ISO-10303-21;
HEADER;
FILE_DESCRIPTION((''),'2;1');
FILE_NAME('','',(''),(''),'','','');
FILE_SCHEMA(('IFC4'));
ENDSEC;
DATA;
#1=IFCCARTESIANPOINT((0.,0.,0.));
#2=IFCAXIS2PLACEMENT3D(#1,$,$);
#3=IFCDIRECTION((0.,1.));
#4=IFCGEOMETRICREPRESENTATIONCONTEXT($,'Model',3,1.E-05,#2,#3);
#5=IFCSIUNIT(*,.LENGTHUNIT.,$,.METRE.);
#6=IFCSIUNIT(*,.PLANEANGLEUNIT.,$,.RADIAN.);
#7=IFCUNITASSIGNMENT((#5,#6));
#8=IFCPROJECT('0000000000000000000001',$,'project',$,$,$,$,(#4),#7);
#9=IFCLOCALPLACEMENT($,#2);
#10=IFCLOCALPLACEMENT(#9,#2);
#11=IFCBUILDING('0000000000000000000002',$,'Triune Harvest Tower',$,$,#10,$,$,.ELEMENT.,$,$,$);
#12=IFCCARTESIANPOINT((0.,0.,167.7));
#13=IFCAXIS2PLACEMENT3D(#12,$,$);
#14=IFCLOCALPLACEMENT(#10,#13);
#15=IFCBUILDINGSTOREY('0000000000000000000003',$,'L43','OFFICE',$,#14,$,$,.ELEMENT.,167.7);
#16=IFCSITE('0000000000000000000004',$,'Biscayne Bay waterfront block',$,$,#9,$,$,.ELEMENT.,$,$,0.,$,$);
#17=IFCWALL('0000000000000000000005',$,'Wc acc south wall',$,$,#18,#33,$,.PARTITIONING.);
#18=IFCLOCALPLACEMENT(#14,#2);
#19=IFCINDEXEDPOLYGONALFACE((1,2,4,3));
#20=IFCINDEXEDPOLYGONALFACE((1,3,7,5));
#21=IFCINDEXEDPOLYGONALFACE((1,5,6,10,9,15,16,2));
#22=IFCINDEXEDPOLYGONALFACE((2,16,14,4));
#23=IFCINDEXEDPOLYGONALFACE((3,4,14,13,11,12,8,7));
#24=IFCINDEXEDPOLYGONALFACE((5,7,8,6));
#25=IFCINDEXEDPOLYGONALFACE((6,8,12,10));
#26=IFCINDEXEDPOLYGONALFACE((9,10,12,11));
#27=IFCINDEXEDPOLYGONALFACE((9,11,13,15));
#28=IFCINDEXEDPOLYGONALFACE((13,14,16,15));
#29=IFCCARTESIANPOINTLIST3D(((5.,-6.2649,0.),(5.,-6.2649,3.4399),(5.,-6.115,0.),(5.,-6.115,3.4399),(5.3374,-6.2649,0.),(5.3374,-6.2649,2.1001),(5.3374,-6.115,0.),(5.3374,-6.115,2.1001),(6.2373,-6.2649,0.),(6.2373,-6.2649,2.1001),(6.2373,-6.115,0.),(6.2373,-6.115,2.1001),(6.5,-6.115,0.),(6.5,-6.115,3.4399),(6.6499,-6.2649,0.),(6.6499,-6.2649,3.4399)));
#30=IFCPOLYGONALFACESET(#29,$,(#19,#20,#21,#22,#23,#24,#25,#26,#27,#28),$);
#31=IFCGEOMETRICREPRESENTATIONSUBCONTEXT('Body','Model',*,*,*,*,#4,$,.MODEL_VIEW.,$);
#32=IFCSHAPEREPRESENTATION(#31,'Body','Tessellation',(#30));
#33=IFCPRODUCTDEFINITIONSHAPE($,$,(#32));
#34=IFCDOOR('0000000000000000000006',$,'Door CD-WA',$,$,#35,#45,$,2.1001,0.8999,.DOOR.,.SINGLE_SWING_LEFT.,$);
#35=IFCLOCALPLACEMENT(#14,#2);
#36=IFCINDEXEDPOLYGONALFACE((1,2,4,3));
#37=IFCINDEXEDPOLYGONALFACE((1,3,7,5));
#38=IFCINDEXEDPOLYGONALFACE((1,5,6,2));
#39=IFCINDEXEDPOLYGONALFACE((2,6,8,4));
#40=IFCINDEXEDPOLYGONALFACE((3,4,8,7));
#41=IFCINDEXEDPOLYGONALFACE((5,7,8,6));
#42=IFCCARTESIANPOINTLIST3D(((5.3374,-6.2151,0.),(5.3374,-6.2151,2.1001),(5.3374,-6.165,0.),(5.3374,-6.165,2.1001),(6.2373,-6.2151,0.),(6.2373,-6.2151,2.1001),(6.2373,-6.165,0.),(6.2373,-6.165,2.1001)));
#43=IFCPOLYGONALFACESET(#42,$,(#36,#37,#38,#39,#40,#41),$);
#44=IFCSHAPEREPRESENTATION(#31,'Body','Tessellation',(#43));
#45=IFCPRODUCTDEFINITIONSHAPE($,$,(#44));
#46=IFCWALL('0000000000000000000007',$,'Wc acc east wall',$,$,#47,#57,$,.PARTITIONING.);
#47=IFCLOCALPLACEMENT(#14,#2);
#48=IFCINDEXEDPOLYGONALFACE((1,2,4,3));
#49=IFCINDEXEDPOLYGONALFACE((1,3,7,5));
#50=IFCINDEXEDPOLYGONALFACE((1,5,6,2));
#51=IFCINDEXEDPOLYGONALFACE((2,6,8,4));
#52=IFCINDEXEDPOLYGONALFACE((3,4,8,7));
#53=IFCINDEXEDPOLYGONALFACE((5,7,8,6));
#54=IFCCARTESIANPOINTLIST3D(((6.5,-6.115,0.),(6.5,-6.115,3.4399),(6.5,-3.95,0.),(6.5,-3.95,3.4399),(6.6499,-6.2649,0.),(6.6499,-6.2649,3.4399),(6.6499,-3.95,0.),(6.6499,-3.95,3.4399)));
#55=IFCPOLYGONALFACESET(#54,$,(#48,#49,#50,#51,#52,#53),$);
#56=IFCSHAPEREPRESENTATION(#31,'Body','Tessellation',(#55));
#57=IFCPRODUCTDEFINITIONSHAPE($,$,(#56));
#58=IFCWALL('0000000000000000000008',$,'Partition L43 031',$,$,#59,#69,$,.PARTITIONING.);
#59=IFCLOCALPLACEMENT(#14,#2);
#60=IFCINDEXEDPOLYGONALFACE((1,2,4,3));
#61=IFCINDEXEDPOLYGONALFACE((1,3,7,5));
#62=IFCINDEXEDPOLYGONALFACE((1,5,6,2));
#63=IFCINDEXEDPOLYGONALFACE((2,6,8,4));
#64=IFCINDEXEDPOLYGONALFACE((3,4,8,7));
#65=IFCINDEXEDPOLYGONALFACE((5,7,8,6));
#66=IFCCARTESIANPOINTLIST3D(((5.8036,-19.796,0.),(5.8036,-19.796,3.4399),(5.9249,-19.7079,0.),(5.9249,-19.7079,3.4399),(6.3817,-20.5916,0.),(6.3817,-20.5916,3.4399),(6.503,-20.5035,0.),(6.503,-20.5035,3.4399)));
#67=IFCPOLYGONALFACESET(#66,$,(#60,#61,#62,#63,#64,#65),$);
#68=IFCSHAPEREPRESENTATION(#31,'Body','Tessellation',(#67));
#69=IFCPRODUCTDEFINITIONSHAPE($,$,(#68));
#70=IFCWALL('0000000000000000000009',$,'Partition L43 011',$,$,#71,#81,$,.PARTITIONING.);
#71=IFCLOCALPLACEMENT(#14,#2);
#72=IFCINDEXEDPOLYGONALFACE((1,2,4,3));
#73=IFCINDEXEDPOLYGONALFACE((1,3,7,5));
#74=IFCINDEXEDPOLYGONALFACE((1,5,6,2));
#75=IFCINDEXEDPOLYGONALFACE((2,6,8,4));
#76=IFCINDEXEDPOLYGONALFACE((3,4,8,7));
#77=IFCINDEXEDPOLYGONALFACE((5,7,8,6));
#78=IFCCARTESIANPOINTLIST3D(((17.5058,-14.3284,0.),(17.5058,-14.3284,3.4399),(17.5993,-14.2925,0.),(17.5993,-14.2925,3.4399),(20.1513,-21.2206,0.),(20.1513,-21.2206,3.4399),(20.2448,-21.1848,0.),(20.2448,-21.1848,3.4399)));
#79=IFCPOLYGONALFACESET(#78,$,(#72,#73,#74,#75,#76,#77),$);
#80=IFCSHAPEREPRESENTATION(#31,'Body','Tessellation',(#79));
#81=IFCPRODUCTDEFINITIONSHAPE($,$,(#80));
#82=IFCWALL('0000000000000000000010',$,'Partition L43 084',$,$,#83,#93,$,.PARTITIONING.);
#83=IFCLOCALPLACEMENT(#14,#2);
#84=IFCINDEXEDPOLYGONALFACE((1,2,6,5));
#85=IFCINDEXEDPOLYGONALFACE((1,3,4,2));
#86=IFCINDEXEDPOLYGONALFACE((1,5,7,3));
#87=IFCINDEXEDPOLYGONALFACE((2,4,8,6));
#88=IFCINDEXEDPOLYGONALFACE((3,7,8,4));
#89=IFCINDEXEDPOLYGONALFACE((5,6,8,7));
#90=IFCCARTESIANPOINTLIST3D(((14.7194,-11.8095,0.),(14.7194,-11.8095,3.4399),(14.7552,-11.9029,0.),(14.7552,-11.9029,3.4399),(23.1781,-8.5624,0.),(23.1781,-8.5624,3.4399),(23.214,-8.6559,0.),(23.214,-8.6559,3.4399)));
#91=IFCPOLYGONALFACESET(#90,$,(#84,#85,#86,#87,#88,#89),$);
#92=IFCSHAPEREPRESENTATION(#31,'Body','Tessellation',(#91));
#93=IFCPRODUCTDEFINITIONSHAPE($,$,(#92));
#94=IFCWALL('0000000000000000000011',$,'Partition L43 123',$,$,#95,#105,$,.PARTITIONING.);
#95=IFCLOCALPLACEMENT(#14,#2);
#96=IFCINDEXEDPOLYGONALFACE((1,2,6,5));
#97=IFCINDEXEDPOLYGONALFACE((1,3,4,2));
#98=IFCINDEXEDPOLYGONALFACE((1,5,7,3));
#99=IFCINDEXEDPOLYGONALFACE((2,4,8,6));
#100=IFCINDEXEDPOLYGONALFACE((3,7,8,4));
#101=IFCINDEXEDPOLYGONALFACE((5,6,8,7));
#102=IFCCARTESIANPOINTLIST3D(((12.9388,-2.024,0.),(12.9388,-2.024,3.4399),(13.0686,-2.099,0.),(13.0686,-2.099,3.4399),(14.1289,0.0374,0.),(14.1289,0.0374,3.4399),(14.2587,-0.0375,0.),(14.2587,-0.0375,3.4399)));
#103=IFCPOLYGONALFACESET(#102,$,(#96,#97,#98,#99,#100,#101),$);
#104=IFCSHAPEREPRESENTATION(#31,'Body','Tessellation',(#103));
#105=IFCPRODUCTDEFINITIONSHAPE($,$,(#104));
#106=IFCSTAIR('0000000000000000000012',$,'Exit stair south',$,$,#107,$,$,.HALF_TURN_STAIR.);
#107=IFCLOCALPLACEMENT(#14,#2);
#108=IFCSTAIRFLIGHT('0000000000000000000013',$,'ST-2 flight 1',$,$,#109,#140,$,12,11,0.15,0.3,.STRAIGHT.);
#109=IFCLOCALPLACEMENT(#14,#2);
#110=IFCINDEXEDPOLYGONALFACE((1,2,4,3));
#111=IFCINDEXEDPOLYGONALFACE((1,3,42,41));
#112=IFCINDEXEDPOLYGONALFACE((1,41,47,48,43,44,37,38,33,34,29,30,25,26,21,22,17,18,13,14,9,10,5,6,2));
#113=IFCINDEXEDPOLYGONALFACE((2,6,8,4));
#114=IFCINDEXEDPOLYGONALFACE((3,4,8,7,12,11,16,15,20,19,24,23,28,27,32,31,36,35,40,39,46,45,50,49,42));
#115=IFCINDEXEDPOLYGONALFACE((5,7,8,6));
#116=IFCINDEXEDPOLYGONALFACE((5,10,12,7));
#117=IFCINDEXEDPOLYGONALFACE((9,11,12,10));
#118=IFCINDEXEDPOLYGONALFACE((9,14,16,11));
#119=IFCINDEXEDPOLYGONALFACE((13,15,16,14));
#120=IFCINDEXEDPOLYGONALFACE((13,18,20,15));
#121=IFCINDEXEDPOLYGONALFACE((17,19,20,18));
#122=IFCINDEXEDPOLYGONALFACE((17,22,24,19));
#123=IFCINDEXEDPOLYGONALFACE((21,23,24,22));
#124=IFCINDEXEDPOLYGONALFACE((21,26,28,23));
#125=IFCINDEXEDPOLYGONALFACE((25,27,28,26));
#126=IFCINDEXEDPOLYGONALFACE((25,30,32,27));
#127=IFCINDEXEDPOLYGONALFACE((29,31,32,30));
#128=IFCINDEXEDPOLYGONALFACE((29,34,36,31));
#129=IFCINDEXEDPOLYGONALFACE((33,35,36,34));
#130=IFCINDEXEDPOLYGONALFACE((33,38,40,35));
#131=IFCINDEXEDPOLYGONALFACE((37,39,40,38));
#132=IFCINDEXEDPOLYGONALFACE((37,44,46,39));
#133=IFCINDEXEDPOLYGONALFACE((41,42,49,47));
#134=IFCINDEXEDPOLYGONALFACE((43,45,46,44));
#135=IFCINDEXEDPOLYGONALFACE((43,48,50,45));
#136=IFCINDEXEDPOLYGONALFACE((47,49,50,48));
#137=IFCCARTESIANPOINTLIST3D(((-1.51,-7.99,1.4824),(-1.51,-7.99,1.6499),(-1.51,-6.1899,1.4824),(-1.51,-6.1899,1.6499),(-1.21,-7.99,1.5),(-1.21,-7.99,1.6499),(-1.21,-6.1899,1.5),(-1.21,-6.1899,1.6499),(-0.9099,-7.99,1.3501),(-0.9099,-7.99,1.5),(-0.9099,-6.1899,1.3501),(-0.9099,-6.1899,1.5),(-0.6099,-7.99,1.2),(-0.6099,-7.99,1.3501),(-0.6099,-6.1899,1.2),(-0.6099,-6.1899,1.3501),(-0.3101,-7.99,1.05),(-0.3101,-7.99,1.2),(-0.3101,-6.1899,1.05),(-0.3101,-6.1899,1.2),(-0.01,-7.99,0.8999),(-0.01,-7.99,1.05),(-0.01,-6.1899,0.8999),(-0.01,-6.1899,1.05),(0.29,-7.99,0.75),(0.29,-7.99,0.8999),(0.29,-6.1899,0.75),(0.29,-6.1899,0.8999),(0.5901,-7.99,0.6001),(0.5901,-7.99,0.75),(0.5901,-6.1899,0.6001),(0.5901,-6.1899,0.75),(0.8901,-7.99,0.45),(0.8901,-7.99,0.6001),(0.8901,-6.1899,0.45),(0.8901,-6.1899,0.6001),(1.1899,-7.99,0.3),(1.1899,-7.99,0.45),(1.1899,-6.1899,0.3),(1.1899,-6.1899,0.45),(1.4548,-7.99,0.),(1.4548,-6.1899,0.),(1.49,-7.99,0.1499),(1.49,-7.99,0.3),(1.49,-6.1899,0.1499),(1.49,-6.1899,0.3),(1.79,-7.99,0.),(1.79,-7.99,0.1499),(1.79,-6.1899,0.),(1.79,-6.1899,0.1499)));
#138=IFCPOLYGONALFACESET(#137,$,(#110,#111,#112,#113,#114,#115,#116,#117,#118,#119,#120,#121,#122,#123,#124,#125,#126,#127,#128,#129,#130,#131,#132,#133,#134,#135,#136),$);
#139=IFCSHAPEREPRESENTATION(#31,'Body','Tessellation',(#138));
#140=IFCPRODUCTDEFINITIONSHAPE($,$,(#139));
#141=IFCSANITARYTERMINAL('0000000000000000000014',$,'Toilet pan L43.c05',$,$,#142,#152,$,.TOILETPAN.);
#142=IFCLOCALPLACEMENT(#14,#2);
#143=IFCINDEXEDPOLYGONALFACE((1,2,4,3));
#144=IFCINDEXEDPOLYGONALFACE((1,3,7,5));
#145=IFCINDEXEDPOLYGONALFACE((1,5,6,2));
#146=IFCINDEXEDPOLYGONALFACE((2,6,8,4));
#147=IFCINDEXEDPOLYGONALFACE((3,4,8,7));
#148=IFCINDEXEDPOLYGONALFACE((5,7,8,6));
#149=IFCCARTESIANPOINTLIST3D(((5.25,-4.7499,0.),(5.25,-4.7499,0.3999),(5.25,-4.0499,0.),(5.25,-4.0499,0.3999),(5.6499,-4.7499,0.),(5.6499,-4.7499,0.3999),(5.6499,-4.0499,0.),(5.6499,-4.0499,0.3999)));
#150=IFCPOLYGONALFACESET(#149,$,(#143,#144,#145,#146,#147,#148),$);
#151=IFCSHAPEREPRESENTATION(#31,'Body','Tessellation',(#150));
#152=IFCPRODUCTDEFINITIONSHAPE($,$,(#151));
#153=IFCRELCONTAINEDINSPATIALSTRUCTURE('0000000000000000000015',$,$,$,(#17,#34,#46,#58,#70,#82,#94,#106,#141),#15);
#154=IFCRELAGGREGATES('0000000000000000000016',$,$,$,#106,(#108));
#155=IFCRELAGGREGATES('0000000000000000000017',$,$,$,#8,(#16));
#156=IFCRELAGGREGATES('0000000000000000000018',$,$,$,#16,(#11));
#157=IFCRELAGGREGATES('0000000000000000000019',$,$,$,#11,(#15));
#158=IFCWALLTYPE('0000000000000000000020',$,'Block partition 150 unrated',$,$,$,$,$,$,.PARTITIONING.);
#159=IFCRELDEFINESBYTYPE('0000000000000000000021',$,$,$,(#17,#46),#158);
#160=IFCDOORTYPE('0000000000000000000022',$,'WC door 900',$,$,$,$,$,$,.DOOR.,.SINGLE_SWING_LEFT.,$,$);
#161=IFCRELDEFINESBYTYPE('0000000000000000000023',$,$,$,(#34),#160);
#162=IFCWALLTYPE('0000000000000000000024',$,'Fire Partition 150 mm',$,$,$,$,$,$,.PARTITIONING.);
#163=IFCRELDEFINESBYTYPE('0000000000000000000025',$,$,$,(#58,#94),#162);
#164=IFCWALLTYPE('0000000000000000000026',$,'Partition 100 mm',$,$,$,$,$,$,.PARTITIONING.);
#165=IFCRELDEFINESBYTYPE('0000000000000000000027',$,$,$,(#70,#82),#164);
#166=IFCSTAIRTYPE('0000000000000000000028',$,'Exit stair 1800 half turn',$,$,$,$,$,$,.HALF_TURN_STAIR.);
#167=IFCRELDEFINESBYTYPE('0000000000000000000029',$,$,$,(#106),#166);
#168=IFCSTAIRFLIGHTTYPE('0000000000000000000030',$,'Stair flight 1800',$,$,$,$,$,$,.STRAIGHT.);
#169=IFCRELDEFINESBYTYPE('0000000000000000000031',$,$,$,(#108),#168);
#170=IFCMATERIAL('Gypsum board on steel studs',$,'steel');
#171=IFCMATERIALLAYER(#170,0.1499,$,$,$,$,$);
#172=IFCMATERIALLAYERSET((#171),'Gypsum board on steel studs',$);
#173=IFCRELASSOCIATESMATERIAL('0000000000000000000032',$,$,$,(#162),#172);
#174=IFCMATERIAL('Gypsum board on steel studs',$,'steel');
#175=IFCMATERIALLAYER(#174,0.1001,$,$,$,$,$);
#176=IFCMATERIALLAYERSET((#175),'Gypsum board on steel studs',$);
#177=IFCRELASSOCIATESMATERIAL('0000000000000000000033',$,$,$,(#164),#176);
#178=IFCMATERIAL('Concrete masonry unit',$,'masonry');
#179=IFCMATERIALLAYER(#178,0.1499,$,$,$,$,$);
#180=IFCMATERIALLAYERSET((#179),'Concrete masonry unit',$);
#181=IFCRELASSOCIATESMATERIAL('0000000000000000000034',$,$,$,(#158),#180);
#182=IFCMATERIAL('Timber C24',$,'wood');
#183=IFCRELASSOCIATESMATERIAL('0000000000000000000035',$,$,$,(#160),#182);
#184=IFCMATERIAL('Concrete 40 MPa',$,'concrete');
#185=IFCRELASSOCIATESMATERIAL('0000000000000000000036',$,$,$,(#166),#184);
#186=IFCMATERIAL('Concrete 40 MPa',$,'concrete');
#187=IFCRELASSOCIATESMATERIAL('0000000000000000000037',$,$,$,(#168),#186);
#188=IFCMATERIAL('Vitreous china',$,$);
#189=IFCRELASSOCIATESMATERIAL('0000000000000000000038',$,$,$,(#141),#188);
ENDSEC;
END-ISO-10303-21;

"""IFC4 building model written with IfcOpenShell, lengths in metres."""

from ifc_helpers import new_model, si_unit, direction, frame, frame_2d, origin, origin_2d, place, context, subcontext, project, spatial, polyline, rectangle, outline, extrude, source, transform, mapped, material, layer, layer_set, type_object, element, fill, aggregate, save


model = new_model("IFC4")

# Units and contexts
model_context = context("Model", 3, precision=1e-05, world=origin(), true_north=direction((0.0, 1.0)))
body_context = subcontext(model_context, "Body", "Model", "MODEL_VIEW")
ifc_project = project(units=[si_unit("LENGTHUNIT", "METRE"), si_unit("PLANEANGLEUNIT", "RADIAN")], contexts=[model_context])

# Site, building, storey
site_placement = place(None, origin())
site = spatial("IfcSite", under=ifc_project, at=site_placement, Name="Biscayne Bay waterfront block", CompositionType="ELEMENT", RefElevation=0.0)
building_placement = place(site_placement, origin())
building = spatial("IfcBuilding", under=site, at=building_placement, Name="Triune Harvest Tower", CompositionType="ELEMENT")
storey_placement = place(building_placement, frame((0.0, 0.0, 167.7)))
storey = spatial("IfcBuildingStorey", under=building, at=storey_placement, Name="L43", Description="OFFICE", CompositionType="ELEMENT", Elevation=167.7)

# Shared definitions
ifc_material_1 = material(Name="Gypsum board on steel studs", Category="steel")
ifc_layer_1 = layer(ifc_material_1, 0.1499)
ifc_layer_set_1 = layer_set([ifc_layer_1], Name="Gypsum board on steel studs")
wall_type_1 = type_object("IfcWallType", Name="Fire Partition 150 mm", PredefinedType="PARTITIONING", material=ifc_layer_set_1)
ifc_material_2 = material(Name="Gypsum board on steel studs", Category="steel")
ifc_layer_2 = layer(ifc_material_2, 0.1001)
ifc_layer_set_2 = layer_set([ifc_layer_2], Name="Gypsum board on steel studs")
wall_type_2 = type_object("IfcWallType", Name="Partition 100 mm", PredefinedType="PARTITIONING", material=ifc_layer_set_2)

# Wall, opening, door
ifc_material_3 = material(Name="Concrete masonry unit", Category="masonry")
ifc_layer_3 = layer(ifc_material_3, 0.1499)
ifc_layer_set_3 = layer_set([ifc_layer_3], Name="Concrete masonry unit")
wall_type_3 = type_object("IfcWallType", Name="Block partition 150 unrated", PredefinedType="PARTITIONING", material=ifc_layer_set_3)
shared_shape_1 = source(origin(), body_context, "Body", "SweptSolid", [
    extrude(outline(polyline([(0.0, -0.075), (1.6499, -0.075), (1.5, 0.075), (0.0, 0.075), (0.0, -0.075)])), origin(), (0.0, 0.0, 1.0), 3.4399),
])
wall_1_placement = place(storey_placement, frame((5.0, -6.1899, 0.0), z_axis=(0.0, 0.0, 1.0), x_axis=(1.0, 0.0, 0.0)))
wall_1 = element("IfcWall", 1, at=wall_1_placement, inside=storey, type_object=wall_type_3, Name="Wc acc south wall", PredefinedType="PARTITIONING", context=body_context, shape_type="MappedRepresentation", body=[
    mapped(shared_shape_1, transform((0.0, 0.0, 0.0), scale=1.0)),
])
opening_1_placement = place(wall_1_placement, frame((0.3374, 0.0, 0.0)))
opening_1 = element("IfcOpeningElement", 2, at=opening_1_placement, cuts=wall_1, PredefinedType="OPENING", context=body_context, shape_type="SweptSolid", body=[
    extrude(rectangle(XDim=0.8999, YDim=2.1001, at=frame_2d((0.45, 1.05))), frame((0.0, 0.085, 0.0), z_axis=(0.0, -1.0, 0.0), x_axis=(1.0, 0.0, 0.0)), (0.0, 0.0, 1.0), 0.1699),
])
ifc_material_4 = material(Name="Timber C24", Category="wood")
door_type_1 = type_object("IfcDoorType", Name="WC door 900", OperationType="SINGLE_SWING_LEFT", PredefinedType="DOOR", material=ifc_material_4)
door_1_placement = place(opening_1_placement, origin())
door_1 = element("IfcDoor", 3, at=door_1_placement, inside=storey, type_object=door_type_1, Name="Door CD-WA", OperationType="SINGLE_SWING_LEFT", OverallHeight=2.1001, OverallWidth=0.8999, PredefinedType="DOOR", context=body_context, shape_type="SweptSolid", body=[
    extrude(rectangle(XDim=0.8999, YDim=2.1001, at=frame_2d((0.45, 1.05))), frame((0.0, 0.0249, 0.0), z_axis=(0.0, -1.0, 0.0), x_axis=(1.0, 0.0, 0.0)), (0.0, 0.0, 1.0), 0.05),
])
fill(opening_1, door_1)

# Walls
shared_shape_2 = source(origin(), body_context, "Body", "SweptSolid", [
    extrude(outline(polyline([(-0.075, -0.075), (2.24, -0.075), (2.24, 0.075), (0.075, 0.075), (-0.075, -0.075)])), origin(), (0.0, 0.0, 1.0), 3.4399),
])
wall_2_placement = place(storey_placement, frame((6.575, -6.1899, 0.0), z_axis=(0.0, 0.0, 1.0), x_axis=(0.0, 1.0, 0.0)))
element("IfcWall", 4, at=wall_2_placement, inside=storey, type_object=wall_type_3, Name="Wc acc east wall", PredefinedType="PARTITIONING", context=body_context, shape_type="MappedRepresentation", body=[
    mapped(shared_shape_2, transform((0.0, 0.0, 0.0), scale=1.0)),
])
shared_shape_3 = source(origin(), body_context, "Body", "SweptSolid", [
    extrude(rectangle(XDim=0.9834, YDim=0.1499, at=frame_2d((0.4917, 0.0))), origin(), (0.0, 0.0, 1.0), 3.4399),
])
wall_3_placement = place(storey_placement, frame((5.8643, -19.752, 0.0), z_axis=(0.0, 0.0, 1.0), x_axis=(0.587817, -0.808994, 0.0)))
element("IfcWall", 5, at=wall_3_placement, inside=storey, type_object=wall_type_1, Name="Partition L43 031", PredefinedType="PARTITIONING", context=body_context, shape_type="MappedRepresentation", body=[
    mapped(shared_shape_3, transform((0.0, 0.0, 0.0), scale=1.0)),
])
shared_shape_4 = source(origin(), body_context, "Body", "SweptSolid", [
    extrude(rectangle(XDim=7.3826, YDim=0.1001, at=frame_2d((3.6914, 0.0))), origin(), (0.0, 0.0, 1.0), 3.4399),
])
wall_4_placement = place(storey_placement, frame((17.5525, -14.3103, 0.0), z_axis=(0.0, 0.0, 1.0), x_axis=(0.358343, -0.93359, 0.0)))
element("IfcWall", 6, at=wall_4_placement, inside=storey, type_object=wall_type_2, Name="Partition L43 011", PredefinedType="PARTITIONING", context=body_context, shape_type="MappedRepresentation", body=[
    mapped(shared_shape_4, transform((0.0, 0.0, 0.0), scale=1.0)),
])
shared_shape_5 = source(origin(), body_context, "Body", "SweptSolid", [
    extrude(rectangle(XDim=9.0605, YDim=0.1001, at=frame_2d((4.5303, 0.0))), origin(), (0.0, 0.0, 1.0), 3.4399),
])
wall_5_placement = place(storey_placement, frame((14.7373, -11.8562, 0.0), z_axis=(0.0, 0.0, 1.0), x_axis=(0.933578, 0.358374, 0.0)))
element("IfcWall", 7, at=wall_5_placement, inside=storey, type_object=wall_type_2, Name="Partition L43 084", PredefinedType="PARTITIONING", context=body_context, shape_type="MappedRepresentation", body=[
    mapped(shared_shape_5, transform((0.0, 0.0, 0.0), scale=1.0)),
])
shared_shape_6 = source(origin(), body_context, "Body", "SweptSolid", [
    extrude(rectangle(XDim=2.3804, YDim=0.1499, at=frame_2d((1.1902, 0.0))), origin(), (0.0, 0.0, 1.0), 3.4399),
])
wall_6_placement = place(storey_placement, frame((13.0037, -2.0615, 0.0), z_axis=(0.0, 0.0, 1.0), x_axis=(0.499989, 0.866032, 0.0)))
element("IfcWall", 8, at=wall_6_placement, inside=storey, type_object=wall_type_1, Name="Partition L43 123", PredefinedType="PARTITIONING", context=body_context, shape_type="MappedRepresentation", body=[
    mapped(shared_shape_6, transform((0.0, 0.0, 0.0), scale=1.0)),
])

# Stair, stair flight
ifc_material_5 = material(Name="Concrete 40 MPa", Category="concrete")
stair_type = type_object("IfcStairType", Name="Exit stair 1800 half turn", PredefinedType="HALF_TURN_STAIR", material=ifc_material_5)
stair_placement = place(storey_placement, origin())
stair = element("IfcStair", 9, at=stair_placement, inside=storey, type_object=stair_type, Name="Exit stair south", PredefinedType="HALF_TURN_STAIR")
ifc_material_6 = material(Name="Concrete 40 MPa", Category="concrete")
stair_flight_type = type_object("IfcStairFlightType", Name="Stair flight 1800", PredefinedType="STRAIGHT", material=ifc_material_6)
shared_shape_7 = source(origin(), body_context, "Body", "SweptSolid", [
    extrude(outline(polyline([(0.0, 0.0), (0.0, 0.1499), (0.3, 0.1499), (0.3, 0.3), (0.6001, 0.3), (0.6001, 0.45), (0.8999, 0.45), (0.8999, 0.6001), (1.2, 0.6001), (1.2, 0.75), (1.5, 0.75), (1.5, 0.8999), (1.8, 0.8999), (1.8, 1.05), (2.1001, 1.05), (2.1001, 1.2), (2.3999, 1.2), (2.3999, 1.3501), (2.7, 1.3501), (2.7, 1.5), (3.0, 1.5), (3.0, 1.6499), (3.3, 1.6499), (3.3, 1.8), (3.3, 1.4824), (0.3352, 0.0), (0.0, 0.0)])), frame((0.0, 0.8999, 0.0), z_axis=(0.0, -1.0, 0.0), x_axis=(1.0, 0.0, 0.0)), (0.0, 0.0, 1.0), 1.8),
])
stair_flight_placement = place(storey_placement, frame((1.79, -7.0901, 0.0), z_axis=(0.0, 0.0, 1.0), x_axis=(-1.0, 0.0, 0.0)))
stair_flight = element("IfcStairFlight", 10, at=stair_flight_placement, type_object=stair_flight_type, Name="ST-2 flight 1", NumberOfRisers=12, NumberOfTreads=11, PredefinedType="STRAIGHT", RiserHeight=0.15, TreadLength=0.3, context=body_context, shape_type="MappedRepresentation", body=[
    mapped(shared_shape_7, transform((0.0, 0.0, 0.0), scale=1.0)),
])
aggregate(stair, [stair_flight])

# Sanitary terminal
ifc_material_7 = material(Name="Vitreous china")
shared_shape_8 = source(origin(), body_context, "Body", "SweptSolid", [
    extrude(rectangle(XDim=0.3999, YDim=0.7, at=origin_2d()), origin(), (0.0, 0.0, 1.0), 0.3999),
])
sanitary_terminal_placement = place(storey_placement, frame((5.45, -4.3999, 0.0), z_axis=(0.0, 0.0, 1.0), x_axis=(1.0, 0.0, 0.0)))
element("IfcSanitaryTerminal", 11, at=sanitary_terminal_placement, inside=storey, material=ifc_material_7, Name="Toilet pan L43.c05", PredefinedType="TOILETPAN", context=body_context, shape_type="MappedRepresentation", body=[
    mapped(shared_shape_8, transform((0.0, 0.0, 0.0), scale=1.0)),
])

save(model, "model.ifc")
